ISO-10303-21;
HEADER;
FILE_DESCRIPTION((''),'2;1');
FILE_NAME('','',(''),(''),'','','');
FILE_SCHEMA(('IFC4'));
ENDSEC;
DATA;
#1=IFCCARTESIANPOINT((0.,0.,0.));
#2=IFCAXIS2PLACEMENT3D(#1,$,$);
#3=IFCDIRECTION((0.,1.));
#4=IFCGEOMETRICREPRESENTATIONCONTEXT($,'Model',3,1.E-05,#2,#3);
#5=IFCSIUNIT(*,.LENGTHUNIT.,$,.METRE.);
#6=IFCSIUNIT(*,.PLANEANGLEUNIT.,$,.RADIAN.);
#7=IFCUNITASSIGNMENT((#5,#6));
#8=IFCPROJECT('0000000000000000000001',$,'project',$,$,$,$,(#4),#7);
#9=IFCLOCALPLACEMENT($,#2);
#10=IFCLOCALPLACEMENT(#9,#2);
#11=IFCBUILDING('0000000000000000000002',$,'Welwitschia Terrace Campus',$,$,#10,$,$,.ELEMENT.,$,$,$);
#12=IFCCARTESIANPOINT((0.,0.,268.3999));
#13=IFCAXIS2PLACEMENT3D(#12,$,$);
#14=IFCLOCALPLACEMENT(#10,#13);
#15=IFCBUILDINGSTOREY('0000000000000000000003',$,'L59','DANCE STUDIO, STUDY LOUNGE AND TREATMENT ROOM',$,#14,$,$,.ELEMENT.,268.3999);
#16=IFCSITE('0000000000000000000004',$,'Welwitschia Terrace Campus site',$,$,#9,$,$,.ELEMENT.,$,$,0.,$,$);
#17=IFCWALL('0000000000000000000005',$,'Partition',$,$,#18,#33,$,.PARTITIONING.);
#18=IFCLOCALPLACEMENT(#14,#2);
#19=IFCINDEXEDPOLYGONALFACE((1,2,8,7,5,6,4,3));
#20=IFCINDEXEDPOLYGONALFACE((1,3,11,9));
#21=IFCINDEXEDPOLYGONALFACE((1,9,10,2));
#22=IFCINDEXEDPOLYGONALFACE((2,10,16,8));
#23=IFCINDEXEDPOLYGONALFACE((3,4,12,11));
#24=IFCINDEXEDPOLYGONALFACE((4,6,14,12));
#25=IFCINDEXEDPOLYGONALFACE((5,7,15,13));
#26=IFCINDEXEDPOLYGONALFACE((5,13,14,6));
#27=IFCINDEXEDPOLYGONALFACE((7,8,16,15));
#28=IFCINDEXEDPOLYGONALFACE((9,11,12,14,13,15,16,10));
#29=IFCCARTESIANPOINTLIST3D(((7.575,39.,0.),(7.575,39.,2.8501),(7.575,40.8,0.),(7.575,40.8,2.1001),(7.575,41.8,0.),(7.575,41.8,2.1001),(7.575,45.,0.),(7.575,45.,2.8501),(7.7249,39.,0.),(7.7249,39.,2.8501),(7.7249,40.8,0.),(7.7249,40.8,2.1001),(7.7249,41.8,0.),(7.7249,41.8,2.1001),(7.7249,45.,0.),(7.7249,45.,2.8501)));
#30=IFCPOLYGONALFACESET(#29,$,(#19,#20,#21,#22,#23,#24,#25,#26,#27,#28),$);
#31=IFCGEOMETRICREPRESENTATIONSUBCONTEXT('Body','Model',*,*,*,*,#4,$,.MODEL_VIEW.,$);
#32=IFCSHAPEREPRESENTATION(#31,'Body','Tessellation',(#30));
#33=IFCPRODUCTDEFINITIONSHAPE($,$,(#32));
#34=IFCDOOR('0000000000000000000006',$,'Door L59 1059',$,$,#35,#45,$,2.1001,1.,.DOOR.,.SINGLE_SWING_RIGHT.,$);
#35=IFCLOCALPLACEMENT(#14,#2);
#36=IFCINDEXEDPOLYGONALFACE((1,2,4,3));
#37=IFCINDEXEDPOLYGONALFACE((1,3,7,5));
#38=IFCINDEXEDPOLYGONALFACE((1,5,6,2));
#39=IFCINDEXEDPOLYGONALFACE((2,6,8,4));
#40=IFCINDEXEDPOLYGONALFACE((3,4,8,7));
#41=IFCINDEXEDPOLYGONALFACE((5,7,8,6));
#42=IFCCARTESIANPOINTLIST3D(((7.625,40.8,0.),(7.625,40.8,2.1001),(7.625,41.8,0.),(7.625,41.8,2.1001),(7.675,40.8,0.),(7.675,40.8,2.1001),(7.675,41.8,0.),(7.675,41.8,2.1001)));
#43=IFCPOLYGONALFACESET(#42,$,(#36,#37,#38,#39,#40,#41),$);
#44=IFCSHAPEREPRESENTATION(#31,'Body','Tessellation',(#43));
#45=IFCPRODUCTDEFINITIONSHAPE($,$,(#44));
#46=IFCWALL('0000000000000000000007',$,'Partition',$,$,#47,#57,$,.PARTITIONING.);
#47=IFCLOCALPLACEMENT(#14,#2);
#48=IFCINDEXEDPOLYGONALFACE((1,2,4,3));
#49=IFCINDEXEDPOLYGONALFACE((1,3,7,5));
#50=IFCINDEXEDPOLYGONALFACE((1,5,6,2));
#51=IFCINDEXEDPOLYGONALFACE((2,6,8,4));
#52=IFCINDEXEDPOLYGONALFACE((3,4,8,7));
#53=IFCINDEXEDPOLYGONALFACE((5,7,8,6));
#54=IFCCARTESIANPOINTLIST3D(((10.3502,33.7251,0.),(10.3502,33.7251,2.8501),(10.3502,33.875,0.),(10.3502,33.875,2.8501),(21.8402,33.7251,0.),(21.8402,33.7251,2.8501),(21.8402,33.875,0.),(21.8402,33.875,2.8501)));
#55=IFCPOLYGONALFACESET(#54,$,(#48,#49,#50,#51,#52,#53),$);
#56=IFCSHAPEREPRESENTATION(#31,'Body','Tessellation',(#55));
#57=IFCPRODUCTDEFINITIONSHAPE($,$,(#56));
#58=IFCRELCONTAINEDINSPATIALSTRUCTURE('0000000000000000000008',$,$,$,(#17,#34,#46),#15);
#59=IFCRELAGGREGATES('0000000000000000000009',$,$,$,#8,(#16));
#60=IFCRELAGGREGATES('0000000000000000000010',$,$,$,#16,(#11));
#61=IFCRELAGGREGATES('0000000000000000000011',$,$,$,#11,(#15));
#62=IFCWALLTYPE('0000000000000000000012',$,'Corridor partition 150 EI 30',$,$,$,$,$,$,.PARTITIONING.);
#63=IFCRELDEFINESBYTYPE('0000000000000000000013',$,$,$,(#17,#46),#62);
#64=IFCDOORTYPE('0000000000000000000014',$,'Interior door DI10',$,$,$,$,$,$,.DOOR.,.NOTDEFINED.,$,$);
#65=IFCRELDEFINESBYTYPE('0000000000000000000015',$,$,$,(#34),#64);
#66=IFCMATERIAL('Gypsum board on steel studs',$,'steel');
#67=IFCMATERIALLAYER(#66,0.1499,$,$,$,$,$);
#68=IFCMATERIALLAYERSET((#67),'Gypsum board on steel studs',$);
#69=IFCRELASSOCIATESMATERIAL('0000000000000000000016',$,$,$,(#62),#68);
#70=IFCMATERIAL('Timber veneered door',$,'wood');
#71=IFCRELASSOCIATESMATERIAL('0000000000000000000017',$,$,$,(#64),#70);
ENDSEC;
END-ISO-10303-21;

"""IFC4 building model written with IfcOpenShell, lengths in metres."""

from ifc_helpers import new_model, si_unit, direction, frame, frame_2d, origin, place, context, subcontext, project, spatial, rectangle, extrude, material, layer, layer_set, type_object, element, fill, save


model = new_model("IFC4")

# Units and contexts
model_context = context("Model", 3, precision=1e-05, world=origin(), true_north=direction((0.0, 1.0)))
body_context = subcontext(model_context, "Body", "Model", "MODEL_VIEW")
ifc_project = project(units=[si_unit("LENGTHUNIT", "METRE"), si_unit("PLANEANGLEUNIT", "RADIAN")], contexts=[model_context])

# Site, building, storey
site_placement = place(None, origin())
site = spatial("IfcSite", under=ifc_project, at=site_placement, Name="Welwitschia Terrace Campus site", CompositionType="ELEMENT", RefElevation=0.0)
building_placement = place(site_placement, origin())
building = spatial("IfcBuilding", under=site, at=building_placement, Name="Welwitschia Terrace Campus", CompositionType="ELEMENT")
storey_placement = place(building_placement, frame((0.0, 0.0, 268.3999)))
storey = spatial("IfcBuildingStorey", under=building, at=storey_placement, Name="L59", Description="DANCE STUDIO, STUDY LOUNGE AND TREATMENT ROOM", CompositionType="ELEMENT", Elevation=268.3999)

# Shared definitions
ifc_material_1 = material(Name="Gypsum board on steel studs", Category="steel")
ifc_layer_1 = layer(ifc_material_1, 0.1499)
ifc_layer_set_1 = layer_set([ifc_layer_1], Name="Gypsum board on steel studs")
wall_type = type_object("IfcWallType", Name="Corridor partition 150 EI 30", PredefinedType="PARTITIONING", material=ifc_layer_set_1)

# Wall, opening, door
ifc_material_2 = material(Name="Timber veneered door", Category="wood")
door_type = type_object("IfcDoorType", Name="Interior door DI10", OperationType="NOTDEFINED", PredefinedType="DOOR", material=ifc_material_2)
wall_1_placement = place(storey_placement, frame((7.6499, 39.0, 0.0), z_axis=(0.0, 0.0, 1.0), x_axis=(0.0, 1.0, 0.0)))
wall_1 = element("IfcWall", 1, at=wall_1_placement, inside=storey, type_object=wall_type, Name="Partition", PredefinedType="PARTITIONING", context=body_context, shape_type="SweptSolid", body=[
    extrude(rectangle(XDim=6.0, YDim=0.1499, at=frame_2d((3.0, 0.0))), origin(), (0.0, 0.0, 1.0), 2.8501),
])
opening_1_placement = place(wall_1_placement, frame((1.8, 0.0, 0.0)))
opening_1 = element("IfcOpeningElement", 2, at=opening_1_placement, cuts=wall_1, PredefinedType="OPENING", context=body_context, shape_type="SweptSolid", body=[
    extrude(rectangle(XDim=1.0, YDim=2.1001, at=frame_2d((0.5, 1.05))), frame((0.0, 0.085, 0.0), z_axis=(0.0, -1.0, 0.0), x_axis=(1.0, 0.0, 0.0)), (0.0, 0.0, 1.0), 0.1699),
])
door_1_placement = place(opening_1_placement, origin())
door_1 = element("IfcDoor", 3, at=door_1_placement, inside=storey, type_object=door_type, Name="Door L59 1059", OperationType="SINGLE_SWING_RIGHT", OverallHeight=2.1001, OverallWidth=1.0, PredefinedType="DOOR", context=body_context, shape_type="SweptSolid", body=[
    extrude(rectangle(XDim=1.0, YDim=2.1001, at=frame_2d((0.5, 1.05))), frame((0.0, 0.0249, 0.0), z_axis=(0.0, -1.0, 0.0), x_axis=(1.0, 0.0, 0.0)), (0.0, 0.0, 1.0), 0.05),
])
fill(opening_1, door_1)

# Wall
wall_2_placement = place(storey_placement, frame((10.3501, 33.8, 0.0), z_axis=(0.0, 0.0, 1.0), x_axis=(1.0, 0.0, 0.0)))
element("IfcWall", 4, at=wall_2_placement, inside=storey, type_object=wall_type, Name="Partition", PredefinedType="PARTITIONING", context=body_context, shape_type="SweptSolid", body=[
    extrude(rectangle(XDim=11.49, YDim=0.1499, at=frame_2d((5.7451, 0.0))), origin(), (0.0, 0.0, 1.0), 2.8501),
])

save(model, "model.ifc")
